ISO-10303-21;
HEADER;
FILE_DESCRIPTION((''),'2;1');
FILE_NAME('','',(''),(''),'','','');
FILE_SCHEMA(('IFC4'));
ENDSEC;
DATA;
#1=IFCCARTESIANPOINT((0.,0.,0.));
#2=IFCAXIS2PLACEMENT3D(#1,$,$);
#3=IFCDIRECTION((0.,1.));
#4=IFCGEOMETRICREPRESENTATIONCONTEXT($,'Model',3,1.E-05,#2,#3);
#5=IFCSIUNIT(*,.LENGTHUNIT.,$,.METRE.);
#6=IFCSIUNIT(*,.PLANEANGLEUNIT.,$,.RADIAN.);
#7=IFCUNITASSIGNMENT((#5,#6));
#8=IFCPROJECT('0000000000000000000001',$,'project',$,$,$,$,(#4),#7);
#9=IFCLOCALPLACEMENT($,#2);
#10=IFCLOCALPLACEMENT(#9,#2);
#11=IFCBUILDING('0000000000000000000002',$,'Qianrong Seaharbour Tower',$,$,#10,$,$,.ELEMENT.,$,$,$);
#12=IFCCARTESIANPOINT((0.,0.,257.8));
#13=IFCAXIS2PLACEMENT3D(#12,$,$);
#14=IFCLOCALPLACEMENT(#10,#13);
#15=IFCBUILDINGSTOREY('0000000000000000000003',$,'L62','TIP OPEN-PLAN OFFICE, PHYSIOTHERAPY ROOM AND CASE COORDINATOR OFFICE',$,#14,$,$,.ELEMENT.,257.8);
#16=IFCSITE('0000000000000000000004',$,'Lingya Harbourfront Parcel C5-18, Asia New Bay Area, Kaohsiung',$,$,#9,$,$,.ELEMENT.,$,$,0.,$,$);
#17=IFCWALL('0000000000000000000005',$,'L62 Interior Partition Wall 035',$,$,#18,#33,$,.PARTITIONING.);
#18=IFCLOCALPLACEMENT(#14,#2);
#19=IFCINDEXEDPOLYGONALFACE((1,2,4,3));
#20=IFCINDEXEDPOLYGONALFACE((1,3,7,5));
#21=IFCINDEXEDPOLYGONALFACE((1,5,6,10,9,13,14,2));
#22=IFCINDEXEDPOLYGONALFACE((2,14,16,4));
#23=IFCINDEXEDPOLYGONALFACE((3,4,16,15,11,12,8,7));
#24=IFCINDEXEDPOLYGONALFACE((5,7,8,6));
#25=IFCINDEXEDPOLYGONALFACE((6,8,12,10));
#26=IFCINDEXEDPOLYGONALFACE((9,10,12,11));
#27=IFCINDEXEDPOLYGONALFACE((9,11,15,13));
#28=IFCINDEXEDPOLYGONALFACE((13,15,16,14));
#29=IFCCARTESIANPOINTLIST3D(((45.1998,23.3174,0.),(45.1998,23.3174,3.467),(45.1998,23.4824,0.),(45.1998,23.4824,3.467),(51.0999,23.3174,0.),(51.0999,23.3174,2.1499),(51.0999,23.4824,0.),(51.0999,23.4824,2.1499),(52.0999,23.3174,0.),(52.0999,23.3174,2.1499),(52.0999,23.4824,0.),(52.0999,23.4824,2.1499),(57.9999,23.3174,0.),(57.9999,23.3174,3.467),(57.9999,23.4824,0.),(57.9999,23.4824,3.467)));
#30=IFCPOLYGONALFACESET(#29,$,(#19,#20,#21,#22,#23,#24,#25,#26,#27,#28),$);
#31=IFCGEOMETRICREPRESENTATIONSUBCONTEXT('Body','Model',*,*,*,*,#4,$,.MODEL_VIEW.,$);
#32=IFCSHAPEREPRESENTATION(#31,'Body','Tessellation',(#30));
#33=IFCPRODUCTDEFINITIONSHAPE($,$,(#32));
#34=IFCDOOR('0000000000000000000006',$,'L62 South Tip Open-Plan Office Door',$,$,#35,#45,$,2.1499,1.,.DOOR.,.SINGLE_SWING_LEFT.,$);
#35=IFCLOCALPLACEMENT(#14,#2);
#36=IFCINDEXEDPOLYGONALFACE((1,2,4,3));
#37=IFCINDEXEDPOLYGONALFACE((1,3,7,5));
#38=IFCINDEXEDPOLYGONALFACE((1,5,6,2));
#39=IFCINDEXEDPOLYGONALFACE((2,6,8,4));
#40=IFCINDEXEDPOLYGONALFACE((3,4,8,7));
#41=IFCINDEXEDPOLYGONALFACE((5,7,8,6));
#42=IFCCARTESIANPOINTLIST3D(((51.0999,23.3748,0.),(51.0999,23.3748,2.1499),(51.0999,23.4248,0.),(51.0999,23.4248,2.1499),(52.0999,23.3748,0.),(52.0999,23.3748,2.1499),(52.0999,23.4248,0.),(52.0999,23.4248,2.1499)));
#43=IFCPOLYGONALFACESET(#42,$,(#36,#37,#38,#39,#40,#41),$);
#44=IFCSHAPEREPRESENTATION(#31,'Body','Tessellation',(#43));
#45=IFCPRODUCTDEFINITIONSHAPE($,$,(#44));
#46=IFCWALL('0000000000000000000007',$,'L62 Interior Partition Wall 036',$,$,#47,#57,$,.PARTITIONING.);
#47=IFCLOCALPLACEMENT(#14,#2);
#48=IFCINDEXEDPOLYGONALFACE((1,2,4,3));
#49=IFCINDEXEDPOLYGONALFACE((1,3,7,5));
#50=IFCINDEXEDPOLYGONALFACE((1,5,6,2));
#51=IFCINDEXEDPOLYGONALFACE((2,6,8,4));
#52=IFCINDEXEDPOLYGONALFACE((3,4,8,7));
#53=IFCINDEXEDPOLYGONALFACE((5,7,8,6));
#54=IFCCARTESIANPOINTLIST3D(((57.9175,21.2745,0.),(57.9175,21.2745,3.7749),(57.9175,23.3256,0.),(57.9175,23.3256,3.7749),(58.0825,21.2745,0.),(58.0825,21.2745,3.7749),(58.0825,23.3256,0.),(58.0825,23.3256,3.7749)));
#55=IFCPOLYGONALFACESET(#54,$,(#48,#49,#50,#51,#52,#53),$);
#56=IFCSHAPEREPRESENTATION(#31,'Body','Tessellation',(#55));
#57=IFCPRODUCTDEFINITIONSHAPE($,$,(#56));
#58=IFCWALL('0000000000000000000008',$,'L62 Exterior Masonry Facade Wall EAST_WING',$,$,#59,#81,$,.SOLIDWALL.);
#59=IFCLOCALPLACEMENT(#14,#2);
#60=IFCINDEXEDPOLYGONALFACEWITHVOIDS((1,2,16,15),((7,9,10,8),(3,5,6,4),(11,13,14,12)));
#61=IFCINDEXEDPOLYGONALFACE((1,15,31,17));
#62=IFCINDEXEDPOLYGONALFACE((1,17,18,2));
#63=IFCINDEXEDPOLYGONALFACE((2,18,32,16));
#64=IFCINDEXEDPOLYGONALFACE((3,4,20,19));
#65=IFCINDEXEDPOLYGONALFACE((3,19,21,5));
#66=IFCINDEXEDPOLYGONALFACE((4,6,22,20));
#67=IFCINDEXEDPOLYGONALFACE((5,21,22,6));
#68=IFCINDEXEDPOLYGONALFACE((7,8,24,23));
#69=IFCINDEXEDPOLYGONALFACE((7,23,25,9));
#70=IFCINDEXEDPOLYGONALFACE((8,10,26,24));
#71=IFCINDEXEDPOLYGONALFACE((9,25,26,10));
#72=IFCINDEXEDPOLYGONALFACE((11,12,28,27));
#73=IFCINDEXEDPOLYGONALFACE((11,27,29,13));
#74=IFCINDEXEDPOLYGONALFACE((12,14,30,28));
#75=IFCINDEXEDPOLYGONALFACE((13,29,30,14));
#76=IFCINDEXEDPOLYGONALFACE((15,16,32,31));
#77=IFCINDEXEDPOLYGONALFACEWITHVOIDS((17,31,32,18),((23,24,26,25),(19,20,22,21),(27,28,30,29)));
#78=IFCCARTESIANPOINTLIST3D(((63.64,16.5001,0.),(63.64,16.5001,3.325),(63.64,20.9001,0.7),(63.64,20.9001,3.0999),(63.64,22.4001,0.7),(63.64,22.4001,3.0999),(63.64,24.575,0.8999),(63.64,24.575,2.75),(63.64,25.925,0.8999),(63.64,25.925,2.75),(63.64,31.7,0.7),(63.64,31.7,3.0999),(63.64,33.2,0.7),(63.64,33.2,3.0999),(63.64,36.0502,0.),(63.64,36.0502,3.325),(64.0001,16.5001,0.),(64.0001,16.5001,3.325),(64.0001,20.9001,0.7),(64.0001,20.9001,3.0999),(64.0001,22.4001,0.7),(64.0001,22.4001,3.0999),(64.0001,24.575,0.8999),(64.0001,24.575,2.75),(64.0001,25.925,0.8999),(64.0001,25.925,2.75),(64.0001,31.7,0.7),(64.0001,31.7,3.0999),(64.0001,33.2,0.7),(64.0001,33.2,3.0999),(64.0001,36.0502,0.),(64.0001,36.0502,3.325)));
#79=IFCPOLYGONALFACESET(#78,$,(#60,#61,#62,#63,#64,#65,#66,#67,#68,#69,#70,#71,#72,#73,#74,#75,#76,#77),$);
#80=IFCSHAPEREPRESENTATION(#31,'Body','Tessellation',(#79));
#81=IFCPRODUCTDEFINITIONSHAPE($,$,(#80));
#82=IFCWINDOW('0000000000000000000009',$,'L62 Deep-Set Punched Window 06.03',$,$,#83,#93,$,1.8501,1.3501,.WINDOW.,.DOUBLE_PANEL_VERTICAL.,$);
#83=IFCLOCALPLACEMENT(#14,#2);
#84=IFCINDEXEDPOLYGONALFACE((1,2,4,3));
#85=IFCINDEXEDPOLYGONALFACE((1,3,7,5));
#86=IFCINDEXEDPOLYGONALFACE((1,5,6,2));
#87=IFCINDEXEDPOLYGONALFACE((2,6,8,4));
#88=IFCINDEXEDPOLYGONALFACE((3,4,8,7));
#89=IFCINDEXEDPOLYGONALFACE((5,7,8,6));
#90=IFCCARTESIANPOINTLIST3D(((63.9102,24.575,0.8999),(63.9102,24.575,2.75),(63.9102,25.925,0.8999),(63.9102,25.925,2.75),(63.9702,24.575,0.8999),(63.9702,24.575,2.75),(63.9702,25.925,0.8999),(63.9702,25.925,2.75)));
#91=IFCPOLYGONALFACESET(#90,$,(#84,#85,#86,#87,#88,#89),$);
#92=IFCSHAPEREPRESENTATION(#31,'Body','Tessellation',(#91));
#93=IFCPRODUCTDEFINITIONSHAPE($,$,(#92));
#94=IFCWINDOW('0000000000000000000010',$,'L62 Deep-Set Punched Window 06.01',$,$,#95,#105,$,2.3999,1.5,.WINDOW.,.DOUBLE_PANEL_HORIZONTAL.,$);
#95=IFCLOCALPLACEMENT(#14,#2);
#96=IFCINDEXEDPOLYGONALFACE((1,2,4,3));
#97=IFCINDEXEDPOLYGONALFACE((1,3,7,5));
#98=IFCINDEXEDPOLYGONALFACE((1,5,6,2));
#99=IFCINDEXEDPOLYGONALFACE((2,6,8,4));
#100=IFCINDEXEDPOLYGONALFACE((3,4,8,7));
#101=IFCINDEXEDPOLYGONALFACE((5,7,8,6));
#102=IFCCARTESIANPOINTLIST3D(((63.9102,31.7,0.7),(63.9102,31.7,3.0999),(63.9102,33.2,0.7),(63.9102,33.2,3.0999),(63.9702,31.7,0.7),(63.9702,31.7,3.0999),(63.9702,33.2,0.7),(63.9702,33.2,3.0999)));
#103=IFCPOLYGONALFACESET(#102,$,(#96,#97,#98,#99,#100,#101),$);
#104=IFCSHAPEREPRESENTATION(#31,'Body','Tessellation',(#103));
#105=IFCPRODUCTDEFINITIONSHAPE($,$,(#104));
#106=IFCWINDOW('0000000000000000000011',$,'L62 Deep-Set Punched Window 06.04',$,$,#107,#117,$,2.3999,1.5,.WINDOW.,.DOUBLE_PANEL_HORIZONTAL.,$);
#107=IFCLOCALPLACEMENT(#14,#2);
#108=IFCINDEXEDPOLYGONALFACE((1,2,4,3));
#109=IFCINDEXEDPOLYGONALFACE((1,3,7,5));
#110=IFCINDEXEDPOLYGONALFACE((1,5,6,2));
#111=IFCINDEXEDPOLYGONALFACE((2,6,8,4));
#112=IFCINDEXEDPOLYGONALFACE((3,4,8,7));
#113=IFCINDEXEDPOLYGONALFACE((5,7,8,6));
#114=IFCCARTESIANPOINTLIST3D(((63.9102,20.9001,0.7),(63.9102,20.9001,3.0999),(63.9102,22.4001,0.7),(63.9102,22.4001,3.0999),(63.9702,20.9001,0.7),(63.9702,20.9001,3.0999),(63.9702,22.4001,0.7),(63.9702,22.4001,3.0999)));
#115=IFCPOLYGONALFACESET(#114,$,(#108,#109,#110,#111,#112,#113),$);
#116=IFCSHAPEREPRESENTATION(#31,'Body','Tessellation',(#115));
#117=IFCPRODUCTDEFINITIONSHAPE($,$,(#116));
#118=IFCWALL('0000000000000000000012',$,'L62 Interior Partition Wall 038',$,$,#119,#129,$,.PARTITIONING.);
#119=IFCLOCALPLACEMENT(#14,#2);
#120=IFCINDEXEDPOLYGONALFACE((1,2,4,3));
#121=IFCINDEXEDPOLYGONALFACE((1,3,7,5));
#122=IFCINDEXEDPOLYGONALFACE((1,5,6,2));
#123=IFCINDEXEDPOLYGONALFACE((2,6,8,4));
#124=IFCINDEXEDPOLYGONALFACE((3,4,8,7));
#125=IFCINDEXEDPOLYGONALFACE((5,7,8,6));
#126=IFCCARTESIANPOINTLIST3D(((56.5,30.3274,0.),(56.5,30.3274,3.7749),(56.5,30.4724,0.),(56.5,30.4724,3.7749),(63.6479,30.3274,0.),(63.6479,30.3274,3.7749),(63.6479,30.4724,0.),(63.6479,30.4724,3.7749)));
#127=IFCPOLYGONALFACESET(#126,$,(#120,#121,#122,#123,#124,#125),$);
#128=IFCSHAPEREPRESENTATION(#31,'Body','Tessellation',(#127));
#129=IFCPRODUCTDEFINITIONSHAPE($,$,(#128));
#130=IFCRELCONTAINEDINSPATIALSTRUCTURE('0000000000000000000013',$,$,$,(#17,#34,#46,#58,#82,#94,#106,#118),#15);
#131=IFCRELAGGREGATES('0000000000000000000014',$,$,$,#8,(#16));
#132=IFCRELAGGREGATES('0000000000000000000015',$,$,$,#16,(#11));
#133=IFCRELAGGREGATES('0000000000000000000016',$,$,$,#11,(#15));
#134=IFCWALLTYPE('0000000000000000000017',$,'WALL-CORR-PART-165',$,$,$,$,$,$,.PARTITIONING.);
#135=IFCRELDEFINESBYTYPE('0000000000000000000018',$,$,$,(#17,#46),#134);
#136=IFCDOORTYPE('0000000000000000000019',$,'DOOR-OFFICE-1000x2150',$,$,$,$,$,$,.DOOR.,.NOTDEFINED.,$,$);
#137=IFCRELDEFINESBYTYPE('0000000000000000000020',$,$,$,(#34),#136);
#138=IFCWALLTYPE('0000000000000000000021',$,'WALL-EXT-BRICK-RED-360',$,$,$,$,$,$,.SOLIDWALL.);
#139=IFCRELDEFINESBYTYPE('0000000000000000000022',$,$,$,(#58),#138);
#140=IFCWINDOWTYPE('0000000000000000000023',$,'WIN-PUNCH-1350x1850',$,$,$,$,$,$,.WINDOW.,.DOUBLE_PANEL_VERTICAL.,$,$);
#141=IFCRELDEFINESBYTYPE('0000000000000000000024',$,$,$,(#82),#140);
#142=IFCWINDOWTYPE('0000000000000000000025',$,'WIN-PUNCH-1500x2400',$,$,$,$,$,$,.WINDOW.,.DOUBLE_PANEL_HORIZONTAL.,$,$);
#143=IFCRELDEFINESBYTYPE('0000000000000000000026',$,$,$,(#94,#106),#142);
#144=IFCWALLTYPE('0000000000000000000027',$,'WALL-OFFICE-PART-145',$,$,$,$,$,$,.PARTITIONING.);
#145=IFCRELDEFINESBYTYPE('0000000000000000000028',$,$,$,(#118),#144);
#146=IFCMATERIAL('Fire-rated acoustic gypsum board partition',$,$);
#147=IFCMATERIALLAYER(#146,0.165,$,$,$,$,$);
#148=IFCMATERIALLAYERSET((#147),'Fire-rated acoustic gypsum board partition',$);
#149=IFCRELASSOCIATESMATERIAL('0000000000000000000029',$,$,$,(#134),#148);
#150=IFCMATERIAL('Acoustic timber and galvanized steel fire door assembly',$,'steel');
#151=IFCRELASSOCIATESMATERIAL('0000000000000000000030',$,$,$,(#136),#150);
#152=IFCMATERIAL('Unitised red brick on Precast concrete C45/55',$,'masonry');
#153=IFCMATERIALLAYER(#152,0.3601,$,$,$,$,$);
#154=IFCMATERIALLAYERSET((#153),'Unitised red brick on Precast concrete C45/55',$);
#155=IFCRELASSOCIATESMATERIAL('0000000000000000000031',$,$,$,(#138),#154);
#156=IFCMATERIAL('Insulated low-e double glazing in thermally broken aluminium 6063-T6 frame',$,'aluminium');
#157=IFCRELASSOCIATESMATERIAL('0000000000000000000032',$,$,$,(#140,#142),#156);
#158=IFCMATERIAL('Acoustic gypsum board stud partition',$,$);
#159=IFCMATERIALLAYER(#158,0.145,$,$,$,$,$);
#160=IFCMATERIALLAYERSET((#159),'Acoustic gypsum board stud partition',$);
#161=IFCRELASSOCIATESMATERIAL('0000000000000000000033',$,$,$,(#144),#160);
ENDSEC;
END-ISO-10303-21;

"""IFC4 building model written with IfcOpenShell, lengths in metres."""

from ifc_helpers import new_model, si_unit, direction, frame, frame_2d, origin, place, context, subcontext, project, spatial, rectangle, extrude, material, layer, layer_set, type_object, element, fill, save


model = new_model("IFC4")

# Units and contexts
model_context = context("Model", 3, precision=1e-05, world=origin(), true_north=direction((0.0, 1.0)))
body_context = subcontext(model_context, "Body", "Model", "MODEL_VIEW")
ifc_project = project(units=[si_unit("LENGTHUNIT", "METRE"), si_unit("PLANEANGLEUNIT", "RADIAN")], contexts=[model_context])

# Site, building, storey
site_placement = place(None, origin())
site = spatial("IfcSite", under=ifc_project, at=site_placement, Name="Lingya Harbourfront Parcel C5-18, Asia New Bay Area, Kaohsiung", CompositionType="ELEMENT", RefElevation=0.0)
building_placement = place(site_placement, origin())
building = spatial("IfcBuilding", under=site, at=building_placement, Name="Qianrong Seaharbour Tower", CompositionType="ELEMENT")
storey_placement = place(building_placement, frame((0.0, 0.0, 257.8)))
storey = spatial("IfcBuildingStorey", under=building, at=storey_placement, Name="L62", Description="TIP OPEN-PLAN OFFICE, PHYSIOTHERAPY ROOM AND CASE COORDINATOR OFFICE", CompositionType="ELEMENT", Elevation=257.8)

# Shared definitions
ifc_material_1 = material(Name="Fire-rated acoustic gypsum board partition")
ifc_layer_1 = layer(ifc_material_1, 0.165)
ifc_layer_set_1 = layer_set([ifc_layer_1], Name="Fire-rated acoustic gypsum board partition")
wall_type_1 = type_object("IfcWallType", Name="WALL-CORR-PART-165", PredefinedType="PARTITIONING", material=ifc_layer_set_1)

# Shared definitions
ifc_material_2 = material(Name="Acoustic timber and galvanized steel fire door assembly", Category="steel")
door_type = type_object("IfcDoorType", Name="DOOR-OFFICE-1000x2150", OperationType="NOTDEFINED", PredefinedType="DOOR", material=ifc_material_2)

# Wall, opening, door
wall_1_placement = place(storey_placement, frame((45.2, 23.3999, 0.0), z_axis=(0.0, 0.0, 1.0), x_axis=(1.0, 0.0, 0.0)))
wall_1 = element("IfcWall", 1, at=wall_1_placement, inside=storey, type_object=wall_type_1, Name="L62 Interior Partition Wall 035", PredefinedType="PARTITIONING", context=body_context, shape_type="SweptSolid", body=[
    extrude(rectangle(XDim=12.8, YDim=0.165, at=frame_2d((6.3999, 0.0))), origin(), (0.0, 0.0, 1.0), 3.467),
])
opening_1_placement = place(wall_1_placement, frame((5.8999, 0.0, 0.0)))
opening_1 = element("IfcOpeningElement", 2, at=opening_1_placement, cuts=wall_1, PredefinedType="OPENING", context=body_context, shape_type="SweptSolid", body=[
    extrude(rectangle(XDim=1.0, YDim=2.1499, at=frame_2d((0.5, 1.075))), frame((0.0, 0.0925, 0.0), z_axis=(0.0, -1.0, 0.0), x_axis=(1.0, 0.0, 0.0)), (0.0, 0.0, 1.0), 0.1851),
])
door_1_placement = place(opening_1_placement, origin())
door_1 = element("IfcDoor", 3, at=door_1_placement, inside=storey, type_object=door_type, Name="L62 South Tip Open-Plan Office Door", OperationType="SINGLE_SWING_LEFT", OverallHeight=2.1499, OverallWidth=1.0, PredefinedType="DOOR", context=body_context, shape_type="SweptSolid", body=[
    extrude(rectangle(XDim=1.0, YDim=2.1499, at=frame_2d((0.5, 1.075))), frame((0.0, 0.0249, 0.0), z_axis=(0.0, -1.0, 0.0), x_axis=(1.0, 0.0, 0.0)), (0.0, 0.0, 1.0), 0.05),
])
fill(opening_1, door_1)

# Wall
wall_2_placement = place(storey_placement, frame((58.0, 23.3254, 0.0), z_axis=(0.0, 0.0, 1.0), x_axis=(0.0, -1.0, 0.0)))
element("IfcWall", 4, at=wall_2_placement, inside=storey, type_object=wall_type_1, Name="L62 Interior Partition Wall 036", PredefinedType="PARTITIONING", context=body_context, shape_type="SweptSolid", body=[
    extrude(rectangle(XDim=2.051, YDim=0.165, at=frame_2d((1.0254, 0.0))), origin(), (0.0, 0.0, 1.0), 3.7749),
])

# Wall, openings, windows
ifc_material_3 = material(Name="Unitised red brick on Precast concrete C45/55", Category="masonry")
ifc_layer_2 = layer(ifc_material_3, 0.3601)
ifc_layer_set_2 = layer_set([ifc_layer_2], Name="Unitised red brick on Precast concrete C45/55")
wall_type_2 = type_object("IfcWallType", Name="WALL-EXT-BRICK-RED-360", PredefinedType="SOLIDWALL", material=ifc_layer_set_2)
wall_3_placement = place(storey_placement, frame((63.8201, 36.05, 0.0), z_axis=(0.0, 0.0, 1.0), x_axis=(0.0, -1.0, 0.0)))
wall_3 = element("IfcWall", 5, at=wall_3_placement, inside=storey, type_object=wall_type_2, Name="L62 Exterior Masonry Facade Wall EAST_WING", PredefinedType="SOLIDWALL", context=body_context, shape_type="SweptSolid", body=[
    extrude(rectangle(XDim=19.55, YDim=0.3601, at=frame_2d((9.7749, 0.0))), origin(), (0.0, 0.0, 1.0), 3.325),
])
opening_2_placement = place(wall_3_placement, frame((2.8501, 0.0, 0.7)))
opening_2 = element("IfcOpeningElement", 6, at=opening_2_placement, cuts=wall_3, PredefinedType="OPENING", context=body_context, shape_type="SweptSolid", body=[
    extrude(rectangle(XDim=1.5, YDim=2.3999, at=frame_2d((0.75, 1.2))), frame((0.0, 0.1899, 0.0), z_axis=(0.0, -1.0, 0.0), x_axis=(1.0, 0.0, 0.0)), (0.0, 0.0, 1.0), 0.3801),
])
opening_3_placement = place(wall_3_placement, frame((10.125, 0.0, 0.8999)))
opening_3 = element("IfcOpeningElement", 7, at=opening_3_placement, cuts=wall_3, PredefinedType="OPENING", context=body_context, shape_type="SweptSolid", body=[
    extrude(rectangle(XDim=1.3501, YDim=1.8501, at=frame_2d((0.675, 0.925))), frame((0.0, 0.1899, 0.0), z_axis=(0.0, -1.0, 0.0), x_axis=(1.0, 0.0, 0.0)), (0.0, 0.0, 1.0), 0.3801),
])
opening_4_placement = place(wall_3_placement, frame((13.6499, 0.0, 0.7)))
opening_4 = element("IfcOpeningElement", 8, at=opening_4_placement, cuts=wall_3, PredefinedType="OPENING", context=body_context, shape_type="SweptSolid", body=[
    extrude(rectangle(XDim=1.5, YDim=2.3999, at=frame_2d((0.75, 1.2))), frame((0.0, 0.1899, 0.0), z_axis=(0.0, -1.0, 0.0), x_axis=(1.0, 0.0, 0.0)), (0.0, 0.0, 1.0), 0.3801),
])
ifc_material_4 = material(Name="Insulated low-e double glazing in thermally broken aluminium 6063-T6 frame", Category="aluminium")
window_type_1 = type_object("IfcWindowType", Name="WIN-PUNCH-1350x1850", PartitioningType="DOUBLE_PANEL_VERTICAL", PredefinedType="WINDOW", material=ifc_material_4)
window_1_placement = place(opening_3_placement, origin())
window_1 = element("IfcWindow", 9, at=window_1_placement, inside=storey, type_object=window_type_1, Name="L62 Deep-Set Punched Window 06.03", OverallHeight=1.8501, OverallWidth=1.3501, PartitioningType="DOUBLE_PANEL_VERTICAL", PredefinedType="WINDOW", context=body_context, shape_type="SweptSolid", body=[
    extrude(rectangle(XDim=1.3501, YDim=1.8501, at=frame_2d((0.675, 0.925))), frame((0.0, 0.1501, 0.0), z_axis=(0.0, -1.0, 0.0), x_axis=(1.0, 0.0, 0.0)), (0.0, 0.0, 1.0), 0.0601),
])
fill(opening_3, window_1)
window_type_2 = type_object("IfcWindowType", Name="WIN-PUNCH-1500x2400", PartitioningType="DOUBLE_PANEL_HORIZONTAL", PredefinedType="WINDOW", material=ifc_material_4)
window_2_placement = place(opening_2_placement, origin())
window_2 = element("IfcWindow", 10, at=window_2_placement, inside=storey, type_object=window_type_2, Name="L62 Deep-Set Punched Window 06.01", OverallHeight=2.3999, OverallWidth=1.5, PartitioningType="DOUBLE_PANEL_HORIZONTAL", PredefinedType="WINDOW", context=body_context, shape_type="SweptSolid", body=[
    extrude(rectangle(XDim=1.5, YDim=2.3999, at=frame_2d((0.75, 1.2))), frame((0.0, 0.1501, 0.0), z_axis=(0.0, -1.0, 0.0), x_axis=(1.0, 0.0, 0.0)), (0.0, 0.0, 1.0), 0.0601),
])
fill(opening_2, window_2)
window_3_placement = place(opening_4_placement, origin())
window_3 = element("IfcWindow", 11, at=window_3_placement, inside=storey, type_object=window_type_2, Name="L62 Deep-Set Punched Window 06.04", OverallHeight=2.3999, OverallWidth=1.5, PartitioningType="DOUBLE_PANEL_HORIZONTAL", PredefinedType="WINDOW", context=body_context, shape_type="SweptSolid", body=[
    extrude(rectangle(XDim=1.5, YDim=2.3999, at=frame_2d((0.75, 1.2))), frame((0.0, 0.1501, 0.0), z_axis=(0.0, -1.0, 0.0), x_axis=(1.0, 0.0, 0.0)), (0.0, 0.0, 1.0), 0.0601),
])
fill(opening_4, window_3)

# Wall
ifc_material_5 = material(Name="Acoustic gypsum board stud partition")
ifc_layer_3 = layer(ifc_material_5, 0.145)
ifc_layer_set_3 = layer_set([ifc_layer_3], Name="Acoustic gypsum board stud partition")
wall_type_3 = type_object("IfcWallType", Name="WALL-OFFICE-PART-145", PredefinedType="PARTITIONING", material=ifc_layer_set_3)
wall_4_placement = place(storey_placement, frame((56.5, 30.3999, 0.0), z_axis=(0.0, 0.0, 1.0), x_axis=(1.0, 0.0, 0.0)))
element("IfcWall", 12, at=wall_4_placement, inside=storey, type_object=wall_type_3, Name="L62 Interior Partition Wall 038", PredefinedType="PARTITIONING", context=body_context, shape_type="SweptSolid", body=[
    extrude(rectangle(XDim=7.1479, YDim=0.145, at=frame_2d((3.574, 0.0))), origin(), (0.0, 0.0, 1.0), 3.7749),
])

save(model, "model.ifc")
